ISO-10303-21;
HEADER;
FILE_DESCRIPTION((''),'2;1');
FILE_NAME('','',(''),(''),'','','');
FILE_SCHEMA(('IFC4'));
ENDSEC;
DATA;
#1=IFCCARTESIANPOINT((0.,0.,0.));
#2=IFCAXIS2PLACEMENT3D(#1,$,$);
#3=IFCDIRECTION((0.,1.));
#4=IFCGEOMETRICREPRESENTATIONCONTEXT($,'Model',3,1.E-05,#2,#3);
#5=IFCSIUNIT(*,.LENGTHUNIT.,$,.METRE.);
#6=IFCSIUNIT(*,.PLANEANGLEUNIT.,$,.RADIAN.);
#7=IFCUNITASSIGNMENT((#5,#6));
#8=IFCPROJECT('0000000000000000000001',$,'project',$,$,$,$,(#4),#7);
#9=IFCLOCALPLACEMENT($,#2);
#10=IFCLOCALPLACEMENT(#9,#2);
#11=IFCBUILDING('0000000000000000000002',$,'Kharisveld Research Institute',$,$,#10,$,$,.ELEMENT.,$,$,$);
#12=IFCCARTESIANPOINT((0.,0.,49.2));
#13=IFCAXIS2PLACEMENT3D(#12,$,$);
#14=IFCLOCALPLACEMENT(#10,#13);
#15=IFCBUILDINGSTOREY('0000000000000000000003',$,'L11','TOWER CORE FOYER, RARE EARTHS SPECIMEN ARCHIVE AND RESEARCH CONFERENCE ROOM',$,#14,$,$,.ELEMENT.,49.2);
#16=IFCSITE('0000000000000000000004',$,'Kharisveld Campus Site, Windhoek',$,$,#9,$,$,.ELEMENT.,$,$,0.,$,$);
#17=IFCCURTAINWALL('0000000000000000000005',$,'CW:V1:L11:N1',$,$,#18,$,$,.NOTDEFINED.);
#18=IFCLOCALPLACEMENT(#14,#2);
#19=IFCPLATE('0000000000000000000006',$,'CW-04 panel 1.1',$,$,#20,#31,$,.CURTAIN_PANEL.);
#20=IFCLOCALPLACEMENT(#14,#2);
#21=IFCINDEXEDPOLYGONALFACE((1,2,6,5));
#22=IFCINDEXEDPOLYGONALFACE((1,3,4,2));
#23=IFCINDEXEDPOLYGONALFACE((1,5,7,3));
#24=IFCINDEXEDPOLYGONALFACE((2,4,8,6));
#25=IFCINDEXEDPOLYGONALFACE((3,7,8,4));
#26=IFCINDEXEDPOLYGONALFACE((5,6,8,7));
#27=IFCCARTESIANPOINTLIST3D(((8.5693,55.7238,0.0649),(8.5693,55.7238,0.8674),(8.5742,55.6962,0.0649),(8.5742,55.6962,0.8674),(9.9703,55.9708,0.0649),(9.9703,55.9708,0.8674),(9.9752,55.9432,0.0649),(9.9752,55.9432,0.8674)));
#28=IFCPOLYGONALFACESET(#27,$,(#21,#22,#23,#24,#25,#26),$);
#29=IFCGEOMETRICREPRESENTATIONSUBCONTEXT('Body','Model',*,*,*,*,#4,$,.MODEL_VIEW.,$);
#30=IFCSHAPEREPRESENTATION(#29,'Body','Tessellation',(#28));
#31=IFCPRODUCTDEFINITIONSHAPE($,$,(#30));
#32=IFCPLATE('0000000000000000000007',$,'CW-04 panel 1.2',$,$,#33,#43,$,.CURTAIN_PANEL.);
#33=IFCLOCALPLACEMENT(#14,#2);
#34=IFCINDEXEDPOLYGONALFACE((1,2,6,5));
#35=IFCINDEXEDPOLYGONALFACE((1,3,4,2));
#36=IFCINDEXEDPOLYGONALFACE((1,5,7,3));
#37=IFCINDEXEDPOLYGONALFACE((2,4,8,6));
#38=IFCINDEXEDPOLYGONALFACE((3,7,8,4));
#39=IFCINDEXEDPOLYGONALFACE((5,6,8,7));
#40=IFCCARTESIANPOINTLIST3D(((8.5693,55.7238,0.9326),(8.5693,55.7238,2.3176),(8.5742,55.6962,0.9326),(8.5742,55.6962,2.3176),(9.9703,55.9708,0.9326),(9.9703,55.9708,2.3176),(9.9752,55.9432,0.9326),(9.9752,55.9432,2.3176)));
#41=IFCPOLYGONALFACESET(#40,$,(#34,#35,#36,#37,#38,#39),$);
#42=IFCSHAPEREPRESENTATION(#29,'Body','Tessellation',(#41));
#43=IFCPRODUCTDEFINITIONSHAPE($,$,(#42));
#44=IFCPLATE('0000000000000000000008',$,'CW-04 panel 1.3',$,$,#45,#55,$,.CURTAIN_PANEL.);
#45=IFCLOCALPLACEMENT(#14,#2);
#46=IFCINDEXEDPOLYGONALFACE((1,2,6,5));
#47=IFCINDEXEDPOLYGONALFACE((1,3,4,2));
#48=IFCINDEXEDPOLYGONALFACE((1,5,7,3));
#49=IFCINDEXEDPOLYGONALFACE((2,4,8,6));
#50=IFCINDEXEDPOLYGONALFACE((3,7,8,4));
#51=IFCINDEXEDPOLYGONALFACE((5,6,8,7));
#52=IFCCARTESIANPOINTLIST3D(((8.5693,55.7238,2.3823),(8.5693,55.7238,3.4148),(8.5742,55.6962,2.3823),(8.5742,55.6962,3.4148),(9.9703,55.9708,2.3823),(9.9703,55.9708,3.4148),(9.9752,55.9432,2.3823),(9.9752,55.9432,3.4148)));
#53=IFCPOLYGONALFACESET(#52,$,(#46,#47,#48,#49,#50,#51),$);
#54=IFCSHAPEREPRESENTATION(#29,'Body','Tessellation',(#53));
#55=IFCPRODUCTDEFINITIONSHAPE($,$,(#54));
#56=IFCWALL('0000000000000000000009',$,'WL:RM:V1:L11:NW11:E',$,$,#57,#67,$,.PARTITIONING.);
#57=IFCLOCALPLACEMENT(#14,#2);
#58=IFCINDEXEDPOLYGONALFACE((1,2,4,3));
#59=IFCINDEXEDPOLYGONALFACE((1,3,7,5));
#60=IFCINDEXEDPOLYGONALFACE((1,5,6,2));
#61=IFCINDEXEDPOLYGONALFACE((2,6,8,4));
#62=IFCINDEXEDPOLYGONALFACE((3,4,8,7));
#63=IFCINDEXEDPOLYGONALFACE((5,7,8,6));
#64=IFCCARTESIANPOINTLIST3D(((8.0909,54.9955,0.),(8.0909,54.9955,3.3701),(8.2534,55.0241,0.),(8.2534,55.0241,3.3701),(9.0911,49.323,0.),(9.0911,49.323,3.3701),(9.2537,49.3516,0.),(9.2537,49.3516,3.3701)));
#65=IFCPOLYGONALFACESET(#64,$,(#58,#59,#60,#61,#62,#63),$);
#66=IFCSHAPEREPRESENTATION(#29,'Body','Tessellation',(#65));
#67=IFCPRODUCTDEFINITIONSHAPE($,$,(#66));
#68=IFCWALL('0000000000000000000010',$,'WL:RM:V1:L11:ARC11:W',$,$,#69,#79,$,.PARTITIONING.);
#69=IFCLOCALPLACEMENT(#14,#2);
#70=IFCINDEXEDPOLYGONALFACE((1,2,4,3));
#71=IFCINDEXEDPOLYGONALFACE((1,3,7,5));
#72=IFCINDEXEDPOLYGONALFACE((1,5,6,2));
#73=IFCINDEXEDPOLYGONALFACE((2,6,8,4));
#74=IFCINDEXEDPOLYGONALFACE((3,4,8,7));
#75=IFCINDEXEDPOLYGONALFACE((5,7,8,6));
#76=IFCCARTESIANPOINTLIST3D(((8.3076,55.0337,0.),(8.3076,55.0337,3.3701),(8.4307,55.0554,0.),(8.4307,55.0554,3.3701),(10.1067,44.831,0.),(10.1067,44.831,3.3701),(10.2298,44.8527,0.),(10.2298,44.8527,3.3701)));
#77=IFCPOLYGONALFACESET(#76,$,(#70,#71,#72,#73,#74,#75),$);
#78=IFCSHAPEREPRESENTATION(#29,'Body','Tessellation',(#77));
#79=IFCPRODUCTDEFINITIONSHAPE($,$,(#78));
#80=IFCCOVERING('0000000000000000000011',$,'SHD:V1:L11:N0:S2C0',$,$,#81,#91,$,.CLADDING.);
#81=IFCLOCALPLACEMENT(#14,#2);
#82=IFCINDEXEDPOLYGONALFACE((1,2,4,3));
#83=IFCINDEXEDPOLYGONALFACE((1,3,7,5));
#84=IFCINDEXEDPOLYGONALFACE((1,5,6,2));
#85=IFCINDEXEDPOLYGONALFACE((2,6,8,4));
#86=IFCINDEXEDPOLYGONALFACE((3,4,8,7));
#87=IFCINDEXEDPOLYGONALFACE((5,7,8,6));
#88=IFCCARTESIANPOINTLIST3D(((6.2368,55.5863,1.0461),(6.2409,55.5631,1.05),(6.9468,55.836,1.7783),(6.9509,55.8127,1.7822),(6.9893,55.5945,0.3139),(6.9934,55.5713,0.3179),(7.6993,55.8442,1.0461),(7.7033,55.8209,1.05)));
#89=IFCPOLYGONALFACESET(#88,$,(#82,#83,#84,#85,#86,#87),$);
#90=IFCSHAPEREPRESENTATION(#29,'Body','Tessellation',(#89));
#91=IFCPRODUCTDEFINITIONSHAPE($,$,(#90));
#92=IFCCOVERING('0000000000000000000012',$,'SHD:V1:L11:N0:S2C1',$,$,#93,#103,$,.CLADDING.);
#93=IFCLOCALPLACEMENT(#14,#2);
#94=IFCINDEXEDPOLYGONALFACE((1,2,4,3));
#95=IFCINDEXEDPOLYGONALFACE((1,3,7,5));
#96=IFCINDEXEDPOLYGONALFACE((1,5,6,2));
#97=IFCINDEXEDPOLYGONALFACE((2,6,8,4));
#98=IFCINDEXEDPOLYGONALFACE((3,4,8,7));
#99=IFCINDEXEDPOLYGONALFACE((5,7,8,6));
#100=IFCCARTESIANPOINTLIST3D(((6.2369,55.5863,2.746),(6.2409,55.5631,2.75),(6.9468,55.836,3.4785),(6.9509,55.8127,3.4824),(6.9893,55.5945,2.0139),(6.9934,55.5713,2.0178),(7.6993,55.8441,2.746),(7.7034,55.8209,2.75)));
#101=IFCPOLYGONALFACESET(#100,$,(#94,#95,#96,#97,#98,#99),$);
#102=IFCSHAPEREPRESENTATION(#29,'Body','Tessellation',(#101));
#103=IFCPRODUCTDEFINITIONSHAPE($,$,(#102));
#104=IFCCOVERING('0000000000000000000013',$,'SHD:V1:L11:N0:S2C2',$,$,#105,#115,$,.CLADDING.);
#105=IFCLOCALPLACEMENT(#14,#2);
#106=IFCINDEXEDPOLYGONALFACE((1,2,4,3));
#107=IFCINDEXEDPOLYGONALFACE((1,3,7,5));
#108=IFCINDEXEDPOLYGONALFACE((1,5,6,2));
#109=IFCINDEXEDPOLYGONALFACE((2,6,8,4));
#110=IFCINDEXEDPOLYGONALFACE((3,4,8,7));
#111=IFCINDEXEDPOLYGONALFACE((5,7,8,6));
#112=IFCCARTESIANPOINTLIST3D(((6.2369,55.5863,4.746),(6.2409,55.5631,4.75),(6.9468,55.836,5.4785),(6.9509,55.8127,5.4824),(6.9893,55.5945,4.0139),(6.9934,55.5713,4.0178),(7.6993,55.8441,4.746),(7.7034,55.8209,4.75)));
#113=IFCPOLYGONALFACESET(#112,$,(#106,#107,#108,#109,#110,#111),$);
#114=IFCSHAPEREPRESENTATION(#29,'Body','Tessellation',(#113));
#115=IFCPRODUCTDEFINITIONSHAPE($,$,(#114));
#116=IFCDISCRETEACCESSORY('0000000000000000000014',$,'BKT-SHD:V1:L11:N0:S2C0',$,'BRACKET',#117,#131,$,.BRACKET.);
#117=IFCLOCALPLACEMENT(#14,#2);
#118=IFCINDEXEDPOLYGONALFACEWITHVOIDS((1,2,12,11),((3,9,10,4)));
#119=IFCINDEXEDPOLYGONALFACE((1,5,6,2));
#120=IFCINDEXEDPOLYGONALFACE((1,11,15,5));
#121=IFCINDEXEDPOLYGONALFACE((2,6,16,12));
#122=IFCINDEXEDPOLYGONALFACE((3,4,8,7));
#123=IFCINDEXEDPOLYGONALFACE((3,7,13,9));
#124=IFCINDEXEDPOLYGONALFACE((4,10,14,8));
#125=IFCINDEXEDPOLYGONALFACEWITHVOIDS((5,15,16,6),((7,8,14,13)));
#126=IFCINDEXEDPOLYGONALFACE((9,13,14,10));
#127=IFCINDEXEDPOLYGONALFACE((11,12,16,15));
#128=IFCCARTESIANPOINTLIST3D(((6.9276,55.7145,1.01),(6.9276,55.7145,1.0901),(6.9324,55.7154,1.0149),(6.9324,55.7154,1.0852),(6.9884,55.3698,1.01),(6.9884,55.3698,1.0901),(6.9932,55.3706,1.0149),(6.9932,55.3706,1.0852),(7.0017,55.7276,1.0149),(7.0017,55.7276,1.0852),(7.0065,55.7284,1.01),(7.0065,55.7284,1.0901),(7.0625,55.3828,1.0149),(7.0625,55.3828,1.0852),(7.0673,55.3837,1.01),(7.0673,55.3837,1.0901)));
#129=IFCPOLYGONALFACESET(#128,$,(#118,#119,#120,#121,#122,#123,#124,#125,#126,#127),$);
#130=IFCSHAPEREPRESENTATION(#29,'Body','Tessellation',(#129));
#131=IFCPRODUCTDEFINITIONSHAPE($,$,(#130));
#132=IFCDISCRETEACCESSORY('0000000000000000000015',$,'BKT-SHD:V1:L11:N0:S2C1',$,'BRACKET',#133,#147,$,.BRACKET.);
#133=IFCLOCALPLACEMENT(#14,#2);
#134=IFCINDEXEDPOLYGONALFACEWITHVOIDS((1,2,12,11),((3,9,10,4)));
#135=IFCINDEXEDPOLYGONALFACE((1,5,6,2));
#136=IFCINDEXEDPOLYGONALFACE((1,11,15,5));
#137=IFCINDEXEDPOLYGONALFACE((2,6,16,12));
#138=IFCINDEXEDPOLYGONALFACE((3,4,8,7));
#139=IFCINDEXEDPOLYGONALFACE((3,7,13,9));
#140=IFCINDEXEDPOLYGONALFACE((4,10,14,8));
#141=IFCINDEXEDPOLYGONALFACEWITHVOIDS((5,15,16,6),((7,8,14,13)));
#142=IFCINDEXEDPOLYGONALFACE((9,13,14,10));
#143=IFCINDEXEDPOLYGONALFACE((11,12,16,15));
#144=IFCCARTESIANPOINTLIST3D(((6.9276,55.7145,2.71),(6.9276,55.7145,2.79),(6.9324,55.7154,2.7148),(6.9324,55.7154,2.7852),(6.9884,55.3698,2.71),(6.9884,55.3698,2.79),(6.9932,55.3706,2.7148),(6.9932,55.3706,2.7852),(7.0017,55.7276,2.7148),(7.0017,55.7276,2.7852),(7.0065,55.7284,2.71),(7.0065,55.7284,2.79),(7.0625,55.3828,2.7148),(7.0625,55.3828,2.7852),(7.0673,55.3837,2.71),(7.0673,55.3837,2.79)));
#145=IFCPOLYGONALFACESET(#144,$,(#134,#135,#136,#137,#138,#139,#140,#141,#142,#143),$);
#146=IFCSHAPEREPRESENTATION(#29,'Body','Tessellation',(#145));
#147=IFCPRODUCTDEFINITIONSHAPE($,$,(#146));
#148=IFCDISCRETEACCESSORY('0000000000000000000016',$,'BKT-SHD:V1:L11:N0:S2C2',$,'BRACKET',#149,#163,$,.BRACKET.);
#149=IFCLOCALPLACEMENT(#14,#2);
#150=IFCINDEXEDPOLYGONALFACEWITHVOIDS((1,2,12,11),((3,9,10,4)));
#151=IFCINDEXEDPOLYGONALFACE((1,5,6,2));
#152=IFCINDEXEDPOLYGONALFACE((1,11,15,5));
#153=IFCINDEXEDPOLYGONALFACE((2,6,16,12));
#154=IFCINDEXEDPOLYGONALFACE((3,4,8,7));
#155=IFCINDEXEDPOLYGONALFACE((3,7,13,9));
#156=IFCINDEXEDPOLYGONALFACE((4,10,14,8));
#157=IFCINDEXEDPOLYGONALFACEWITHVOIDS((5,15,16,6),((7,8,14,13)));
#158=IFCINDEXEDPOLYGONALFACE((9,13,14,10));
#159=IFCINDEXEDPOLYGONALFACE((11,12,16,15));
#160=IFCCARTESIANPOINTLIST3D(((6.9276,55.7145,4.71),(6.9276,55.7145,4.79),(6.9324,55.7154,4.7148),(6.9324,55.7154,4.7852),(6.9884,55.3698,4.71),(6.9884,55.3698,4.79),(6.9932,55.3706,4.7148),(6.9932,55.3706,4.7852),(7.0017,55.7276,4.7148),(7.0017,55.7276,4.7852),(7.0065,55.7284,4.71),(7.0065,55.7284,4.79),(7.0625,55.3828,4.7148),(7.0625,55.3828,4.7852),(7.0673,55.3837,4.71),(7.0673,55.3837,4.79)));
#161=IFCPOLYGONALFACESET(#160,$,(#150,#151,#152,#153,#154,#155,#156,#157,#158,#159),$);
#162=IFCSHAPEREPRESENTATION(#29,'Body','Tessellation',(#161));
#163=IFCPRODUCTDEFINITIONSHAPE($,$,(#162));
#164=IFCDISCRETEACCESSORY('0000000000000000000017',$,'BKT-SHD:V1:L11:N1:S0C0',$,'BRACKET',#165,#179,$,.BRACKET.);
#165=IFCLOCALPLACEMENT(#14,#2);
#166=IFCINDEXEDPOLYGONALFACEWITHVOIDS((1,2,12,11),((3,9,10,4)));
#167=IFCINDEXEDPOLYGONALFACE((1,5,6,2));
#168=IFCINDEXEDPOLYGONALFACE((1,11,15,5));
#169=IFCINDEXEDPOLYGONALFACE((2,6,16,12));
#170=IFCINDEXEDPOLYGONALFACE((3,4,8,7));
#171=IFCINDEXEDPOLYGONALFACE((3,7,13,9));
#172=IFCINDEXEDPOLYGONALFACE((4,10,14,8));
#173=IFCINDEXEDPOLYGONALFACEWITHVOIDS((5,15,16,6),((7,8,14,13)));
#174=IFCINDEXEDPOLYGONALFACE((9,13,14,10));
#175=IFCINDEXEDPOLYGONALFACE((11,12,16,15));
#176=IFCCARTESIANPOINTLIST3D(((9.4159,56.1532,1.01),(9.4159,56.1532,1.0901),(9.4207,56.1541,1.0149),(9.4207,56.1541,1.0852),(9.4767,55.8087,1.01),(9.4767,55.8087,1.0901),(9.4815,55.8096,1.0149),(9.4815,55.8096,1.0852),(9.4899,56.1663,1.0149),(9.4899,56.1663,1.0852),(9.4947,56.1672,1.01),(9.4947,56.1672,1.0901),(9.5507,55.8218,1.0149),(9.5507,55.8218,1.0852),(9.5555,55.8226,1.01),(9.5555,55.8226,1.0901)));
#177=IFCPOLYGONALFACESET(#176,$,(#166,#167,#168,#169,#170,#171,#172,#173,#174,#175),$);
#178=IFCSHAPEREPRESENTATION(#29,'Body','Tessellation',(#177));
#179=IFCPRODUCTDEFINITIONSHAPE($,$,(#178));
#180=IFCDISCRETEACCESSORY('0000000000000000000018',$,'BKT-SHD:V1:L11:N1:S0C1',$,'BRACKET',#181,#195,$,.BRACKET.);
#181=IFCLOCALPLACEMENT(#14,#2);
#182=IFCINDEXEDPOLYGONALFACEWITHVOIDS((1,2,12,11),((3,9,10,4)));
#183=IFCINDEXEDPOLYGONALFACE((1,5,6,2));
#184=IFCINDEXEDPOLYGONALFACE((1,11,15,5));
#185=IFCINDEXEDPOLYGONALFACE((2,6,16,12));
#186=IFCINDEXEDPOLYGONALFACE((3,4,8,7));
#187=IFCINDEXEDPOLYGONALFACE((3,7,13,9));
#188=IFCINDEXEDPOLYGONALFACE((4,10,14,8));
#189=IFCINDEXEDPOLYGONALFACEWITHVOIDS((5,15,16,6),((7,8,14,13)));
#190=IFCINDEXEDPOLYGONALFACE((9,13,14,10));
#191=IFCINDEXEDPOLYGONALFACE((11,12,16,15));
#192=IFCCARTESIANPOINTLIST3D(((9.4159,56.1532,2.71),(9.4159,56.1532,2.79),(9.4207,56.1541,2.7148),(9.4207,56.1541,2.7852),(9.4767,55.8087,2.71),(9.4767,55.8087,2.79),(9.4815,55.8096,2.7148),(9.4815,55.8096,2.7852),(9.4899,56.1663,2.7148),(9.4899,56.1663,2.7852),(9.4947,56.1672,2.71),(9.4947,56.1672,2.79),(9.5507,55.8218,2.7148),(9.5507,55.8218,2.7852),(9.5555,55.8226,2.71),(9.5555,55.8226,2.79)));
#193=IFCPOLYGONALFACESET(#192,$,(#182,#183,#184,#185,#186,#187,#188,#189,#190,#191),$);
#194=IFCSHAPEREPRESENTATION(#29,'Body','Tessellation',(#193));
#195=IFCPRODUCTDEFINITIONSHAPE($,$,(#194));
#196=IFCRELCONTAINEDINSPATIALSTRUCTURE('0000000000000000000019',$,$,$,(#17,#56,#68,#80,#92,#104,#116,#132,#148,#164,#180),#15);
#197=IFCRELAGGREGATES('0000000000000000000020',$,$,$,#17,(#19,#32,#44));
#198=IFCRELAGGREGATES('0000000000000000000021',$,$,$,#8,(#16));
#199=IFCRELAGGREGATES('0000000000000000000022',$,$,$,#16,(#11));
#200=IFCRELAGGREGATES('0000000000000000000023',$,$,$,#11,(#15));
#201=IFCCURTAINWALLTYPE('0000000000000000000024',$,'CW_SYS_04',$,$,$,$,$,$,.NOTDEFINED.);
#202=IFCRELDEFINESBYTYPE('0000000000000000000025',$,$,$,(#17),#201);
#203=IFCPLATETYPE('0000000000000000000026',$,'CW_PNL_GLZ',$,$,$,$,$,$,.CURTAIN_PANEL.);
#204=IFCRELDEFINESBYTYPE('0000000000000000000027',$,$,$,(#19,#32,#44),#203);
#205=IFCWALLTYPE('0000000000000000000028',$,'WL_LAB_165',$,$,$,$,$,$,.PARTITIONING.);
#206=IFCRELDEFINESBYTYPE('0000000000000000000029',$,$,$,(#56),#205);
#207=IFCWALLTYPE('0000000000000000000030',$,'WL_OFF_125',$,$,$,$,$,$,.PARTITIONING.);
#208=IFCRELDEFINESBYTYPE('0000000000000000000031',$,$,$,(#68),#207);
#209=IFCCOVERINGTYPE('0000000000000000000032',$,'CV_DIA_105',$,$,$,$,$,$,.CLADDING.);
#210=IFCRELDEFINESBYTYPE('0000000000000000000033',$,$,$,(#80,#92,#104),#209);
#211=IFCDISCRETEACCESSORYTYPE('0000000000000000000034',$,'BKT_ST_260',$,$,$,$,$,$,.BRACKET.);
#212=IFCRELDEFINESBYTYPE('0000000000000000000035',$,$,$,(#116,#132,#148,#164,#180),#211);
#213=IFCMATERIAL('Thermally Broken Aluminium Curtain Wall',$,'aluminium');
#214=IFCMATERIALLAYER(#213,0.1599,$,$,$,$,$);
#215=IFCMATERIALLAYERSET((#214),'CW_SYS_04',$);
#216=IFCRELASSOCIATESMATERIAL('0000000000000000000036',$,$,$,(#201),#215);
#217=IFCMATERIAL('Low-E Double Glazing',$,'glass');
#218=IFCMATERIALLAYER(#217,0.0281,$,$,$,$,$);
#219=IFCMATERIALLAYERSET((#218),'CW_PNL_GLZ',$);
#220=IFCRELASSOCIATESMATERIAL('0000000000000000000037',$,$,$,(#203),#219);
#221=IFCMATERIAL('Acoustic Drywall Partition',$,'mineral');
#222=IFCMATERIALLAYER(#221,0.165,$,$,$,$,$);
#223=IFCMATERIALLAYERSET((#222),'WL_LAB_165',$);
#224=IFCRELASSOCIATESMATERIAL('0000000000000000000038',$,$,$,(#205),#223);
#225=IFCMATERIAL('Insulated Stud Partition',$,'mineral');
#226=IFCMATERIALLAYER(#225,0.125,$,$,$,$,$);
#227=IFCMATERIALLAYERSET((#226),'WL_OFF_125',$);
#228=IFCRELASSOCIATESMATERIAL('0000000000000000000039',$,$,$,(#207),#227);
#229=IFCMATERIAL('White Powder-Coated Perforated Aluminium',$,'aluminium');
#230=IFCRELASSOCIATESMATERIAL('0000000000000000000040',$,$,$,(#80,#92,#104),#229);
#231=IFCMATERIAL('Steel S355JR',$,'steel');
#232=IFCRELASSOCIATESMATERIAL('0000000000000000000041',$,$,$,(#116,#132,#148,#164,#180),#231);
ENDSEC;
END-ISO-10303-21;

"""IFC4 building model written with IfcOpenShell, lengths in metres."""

from ifc_helpers import new_model, si_unit, direction, frame, frame_2d, origin, origin_2d, place, context, subcontext, project, spatial, polyline, rectangle, hollow_rectangle, outline, extrude, material, layer, layer_set, type_object, element, aggregate, save


model = new_model("IFC4")

# Units and contexts
model_context = context("Model", 3, precision=1e-05, world=origin(), true_north=direction((0.0, 1.0)))
body_context = subcontext(model_context, "Body", "Model", "MODEL_VIEW")
ifc_project = project(units=[si_unit("LENGTHUNIT", "METRE"), si_unit("PLANEANGLEUNIT", "RADIAN")], contexts=[model_context])

# Site, building, storey
site_placement = place(None, origin())
site = spatial("IfcSite", under=ifc_project, at=site_placement, Name="Kharisveld Campus Site, Windhoek", CompositionType="ELEMENT", RefElevation=0.0)
building_placement = place(site_placement, origin())
building = spatial("IfcBuilding", under=site, at=building_placement, Name="Kharisveld Research Institute", CompositionType="ELEMENT")
storey_placement = place(building_placement, frame((0.0, 0.0, 49.2)))
storey = spatial("IfcBuildingStorey", under=building, at=storey_placement, Name="L11", Description="TOWER CORE FOYER, RARE EARTHS SPECIMEN ARCHIVE AND RESEARCH CONFERENCE ROOM", CompositionType="ELEMENT", Elevation=49.2)

# Curtain wall, plates
ifc_material_1 = material(Name="Thermally Broken Aluminium Curtain Wall", Category="aluminium")
ifc_layer_1 = layer(ifc_material_1, 0.1599)
ifc_layer_set_1 = layer_set([ifc_layer_1], Name="CW_SYS_04")
curtain_wall_type = type_object("IfcCurtainWallType", Name="CW_SYS_04", PredefinedType="NOTDEFINED", material=ifc_layer_set_1)
curtain_wall_placement = place(storey_placement, origin())
curtain_wall = element("IfcCurtainWall", 1, at=curtain_wall_placement, inside=storey, type_object=curtain_wall_type, Name="CW:V1:L11:N1", PredefinedType="NOTDEFINED")
ifc_material_2 = material(Name="Low-E Double Glazing", Category="glass")
ifc_layer_2 = layer(ifc_material_2, 0.0281)
ifc_layer_set_2 = layer_set([ifc_layer_2], Name="CW_PNL_GLZ")
plate_type = type_object("IfcPlateType", Name="CW_PNL_GLZ", PredefinedType="CURTAIN_PANEL", material=ifc_layer_set_2)
plate_1_placement = place(storey_placement, frame((9.2722, 55.8335, 0.0649), z_axis=(0.0, 0.0, 1.0), x_axis=(0.984808, 0.173648, 0.0)))
plate_1 = element("IfcPlate", 2, at=plate_1_placement, type_object=plate_type, Name="CW-04 panel 1.1", PredefinedType="CURTAIN_PANEL", context=body_context, shape_type="SweptSolid", body=[
    extrude(rectangle(XDim=1.4226, YDim=0.0281, at=origin_2d()), origin(), (0.0, 0.0, 1.0), 0.8025),
])
plate_2_placement = place(storey_placement, frame((9.2722, 55.8335, 0.9326), z_axis=(0.0, 0.0, 1.0), x_axis=(0.984808, 0.173648, 0.0)))
plate_2 = element("IfcPlate", 3, at=plate_2_placement, type_object=plate_type, Name="CW-04 panel 1.2", PredefinedType="CURTAIN_PANEL", context=body_context, shape_type="SweptSolid", body=[
    extrude(rectangle(XDim=1.4226, YDim=0.0281, at=origin_2d()), origin(), (0.0, 0.0, 1.0), 1.385),
])
plate_3_placement = place(storey_placement, frame((9.2722, 55.8335, 2.3823), z_axis=(0.0, 0.0, 1.0), x_axis=(0.984808, 0.173648, 0.0)))
plate_3 = element("IfcPlate", 4, at=plate_3_placement, type_object=plate_type, Name="CW-04 panel 1.3", PredefinedType="CURTAIN_PANEL", context=body_context, shape_type="SweptSolid", body=[
    extrude(rectangle(XDim=1.4226, YDim=0.0281, at=origin_2d()), origin(), (0.0, 0.0, 1.0), 1.0325),
])
aggregate(curtain_wall, [plate_1, plate_2, plate_3])

# Walls
ifc_material_3 = material(Name="Acoustic Drywall Partition", Category="mineral")
ifc_layer_3 = layer(ifc_material_3, 0.165)
ifc_layer_set_3 = layer_set([ifc_layer_3], Name="WL_LAB_165")
wall_type_1 = type_object("IfcWallType", Name="WL_LAB_165", PredefinedType="PARTITIONING", material=ifc_layer_set_3)
wall_1_placement = place(storey_placement, frame((9.1724, 49.3374, 0.0), z_axis=(0.0, 0.0, 1.0), x_axis=(-0.17365, 0.984807, 0.0)))
element("IfcWall", 5, at=wall_1_placement, inside=storey, type_object=wall_type_1, Name="WL:RM:V1:L11:NW11:E", PredefinedType="PARTITIONING", context=body_context, shape_type="SweptSolid", body=[
    extrude(rectangle(XDim=5.76, YDim=0.165, at=frame_2d((2.8799, 0.0))), origin(), (0.0, 0.0, 1.0), 3.3701),
])
ifc_material_4 = material(Name="Insulated Stud Partition", Category="mineral")
ifc_layer_4 = layer(ifc_material_4, 0.125)
ifc_layer_set_4 = layer_set([ifc_layer_4], Name="WL_OFF_125")
wall_type_2 = type_object("IfcWallType", Name="WL_OFF_125", PredefinedType="PARTITIONING", material=ifc_layer_set_4)
wall_2_placement = place(storey_placement, frame((8.3691, 55.0447, 0.0), z_axis=(0.0, 0.0, 1.0), x_axis=(0.173655, -0.984807, 0.0)))
element("IfcWall", 6, at=wall_2_placement, inside=storey, type_object=wall_type_2, Name="WL:RM:V1:L11:ARC11:W", PredefinedType="PARTITIONING", context=body_context, shape_type="SweptSolid", body=[
    extrude(rectangle(XDim=10.3601, YDim=0.125, at=frame_2d((5.1802, 0.0))), origin(), (0.0, 0.0, 1.0), 3.3701),
])

# Coverings
ifc_material_5 = material(Name="White Powder-Coated Perforated Aluminium", Category="aluminium")
covering_type = type_object("IfcCoveringType", Name="CV_DIA_105", PredefinedType="CLADDING")
covering_placement = place(storey_placement, frame((6.9934, 55.5713, 0.3179), z_axis=(0.171233, -0.971295, 0.165123), x_axis=(0.676169, 0.237752, 0.69733)))
element("IfcCovering", 7, at=covering_placement, inside=storey, type_object=covering_type, material=ifc_material_5, Name="SHD:V1:L11:N0:S2C0", PredefinedType="CLADDING", context=body_context, shape_type="SweptSolid", body=[
    extrude(outline(polyline([(0.0, 0.0), (1.0499, 0.0), (1.0498, 1.0499), (-0.0002, 1.0499), (0.0, 0.0)])), origin(), (0.0, 0.0, -1.0), 0.0239),
])
for number, where, z_axis, x_axis, name in (
    (8, (6.9934, 55.5713, 2.0178), (0.171234, -0.971299, 0.165096), (0.676173, 0.237734, 0.697333), "SHD:V1:L11:N0:S2C1"),
    (9, (6.9934, 55.5713, 4.0178), (0.171234, -0.971299, 0.165096), (0.676173, 0.237734, 0.697333), "SHD:V1:L11:N0:S2C2"),
):
    element("IfcCovering", number, at=place(storey_placement, frame(where, z_axis=z_axis, x_axis=x_axis)), inside=storey, type_object=covering_type, material=ifc_material_5, Name=name, PredefinedType="CLADDING", context=body_context, shape_type="SweptSolid", body=[
        extrude(outline(polyline([(0.0, 0.0), (1.0499, 0.0), (1.05, 1.0501), (-0.0002, 1.0499), (0.0, 0.0)])), origin(), (0.0, 0.0, -1.0), 0.0239),
    ])

# Discrete accessories
ifc_material_6 = material(Name="Steel S355JR", Category="steel")
discrete_accessory_type = type_object("IfcDiscreteAccessoryType", Name="BKT_ST_260", PredefinedType="BRACKET")
for number, where, z_axis, x_axis, name in (
    (10, (7.0278, 55.3767, 1.05), (-0.173666, 0.984805, 0.0), (-0.984805, -0.173666, 0.0), "BKT-SHD:V1:L11:N0:S2C0"),
    (11, (7.0278, 55.3767, 2.75), (-0.173666, 0.984805, 0.0), (-0.984805, -0.173666, 0.0), "BKT-SHD:V1:L11:N0:S2C1"),
    (12, (7.0278, 55.3767, 4.75), (-0.173666, 0.984805, 0.0), (-0.984805, -0.173666, 0.0), "BKT-SHD:V1:L11:N0:S2C2"),
):
    element("IfcDiscreteAccessory", number, at=place(storey_placement, frame(where, z_axis=z_axis, x_axis=x_axis)), inside=storey, type_object=discrete_accessory_type, material=ifc_material_6, Name=name, ObjectType="BRACKET", PredefinedType="BRACKET", context=body_context, shape_type="SweptSolid", body=[
        extrude(hollow_rectangle(XDim=0.0801, YDim=0.0801, WallThickness=0.0049, at=origin_2d()), origin(), (0.0, 0.0, 1.0), 0.3501),
    ])
for number, where, z_axis, x_axis, name in (
    (13, (9.5161, 55.8157, 1.05), (-0.173785, 0.984784, 0.0), (-0.984784, -0.173785, 0.0), "BKT-SHD:V1:L11:N1:S0C0"),
    (14, (9.5161, 55.8157, 2.75), (-0.173785, 0.984784, 0.0), (-0.984784, -0.173785, 0.0), "BKT-SHD:V1:L11:N1:S0C1"),
):
    element("IfcDiscreteAccessory", number, at=place(storey_placement, frame(where, z_axis=z_axis, x_axis=x_axis)), inside=storey, type_object=discrete_accessory_type, material=ifc_material_6, Name=name, ObjectType="BRACKET", PredefinedType="BRACKET", context=body_context, shape_type="SweptSolid", body=[
        extrude(hollow_rectangle(XDim=0.0801, YDim=0.0801, WallThickness=0.0049, at=origin_2d()), origin(), (0.0, 0.0, 1.0), 0.3499),
    ])

save(model, "model.ifc")
